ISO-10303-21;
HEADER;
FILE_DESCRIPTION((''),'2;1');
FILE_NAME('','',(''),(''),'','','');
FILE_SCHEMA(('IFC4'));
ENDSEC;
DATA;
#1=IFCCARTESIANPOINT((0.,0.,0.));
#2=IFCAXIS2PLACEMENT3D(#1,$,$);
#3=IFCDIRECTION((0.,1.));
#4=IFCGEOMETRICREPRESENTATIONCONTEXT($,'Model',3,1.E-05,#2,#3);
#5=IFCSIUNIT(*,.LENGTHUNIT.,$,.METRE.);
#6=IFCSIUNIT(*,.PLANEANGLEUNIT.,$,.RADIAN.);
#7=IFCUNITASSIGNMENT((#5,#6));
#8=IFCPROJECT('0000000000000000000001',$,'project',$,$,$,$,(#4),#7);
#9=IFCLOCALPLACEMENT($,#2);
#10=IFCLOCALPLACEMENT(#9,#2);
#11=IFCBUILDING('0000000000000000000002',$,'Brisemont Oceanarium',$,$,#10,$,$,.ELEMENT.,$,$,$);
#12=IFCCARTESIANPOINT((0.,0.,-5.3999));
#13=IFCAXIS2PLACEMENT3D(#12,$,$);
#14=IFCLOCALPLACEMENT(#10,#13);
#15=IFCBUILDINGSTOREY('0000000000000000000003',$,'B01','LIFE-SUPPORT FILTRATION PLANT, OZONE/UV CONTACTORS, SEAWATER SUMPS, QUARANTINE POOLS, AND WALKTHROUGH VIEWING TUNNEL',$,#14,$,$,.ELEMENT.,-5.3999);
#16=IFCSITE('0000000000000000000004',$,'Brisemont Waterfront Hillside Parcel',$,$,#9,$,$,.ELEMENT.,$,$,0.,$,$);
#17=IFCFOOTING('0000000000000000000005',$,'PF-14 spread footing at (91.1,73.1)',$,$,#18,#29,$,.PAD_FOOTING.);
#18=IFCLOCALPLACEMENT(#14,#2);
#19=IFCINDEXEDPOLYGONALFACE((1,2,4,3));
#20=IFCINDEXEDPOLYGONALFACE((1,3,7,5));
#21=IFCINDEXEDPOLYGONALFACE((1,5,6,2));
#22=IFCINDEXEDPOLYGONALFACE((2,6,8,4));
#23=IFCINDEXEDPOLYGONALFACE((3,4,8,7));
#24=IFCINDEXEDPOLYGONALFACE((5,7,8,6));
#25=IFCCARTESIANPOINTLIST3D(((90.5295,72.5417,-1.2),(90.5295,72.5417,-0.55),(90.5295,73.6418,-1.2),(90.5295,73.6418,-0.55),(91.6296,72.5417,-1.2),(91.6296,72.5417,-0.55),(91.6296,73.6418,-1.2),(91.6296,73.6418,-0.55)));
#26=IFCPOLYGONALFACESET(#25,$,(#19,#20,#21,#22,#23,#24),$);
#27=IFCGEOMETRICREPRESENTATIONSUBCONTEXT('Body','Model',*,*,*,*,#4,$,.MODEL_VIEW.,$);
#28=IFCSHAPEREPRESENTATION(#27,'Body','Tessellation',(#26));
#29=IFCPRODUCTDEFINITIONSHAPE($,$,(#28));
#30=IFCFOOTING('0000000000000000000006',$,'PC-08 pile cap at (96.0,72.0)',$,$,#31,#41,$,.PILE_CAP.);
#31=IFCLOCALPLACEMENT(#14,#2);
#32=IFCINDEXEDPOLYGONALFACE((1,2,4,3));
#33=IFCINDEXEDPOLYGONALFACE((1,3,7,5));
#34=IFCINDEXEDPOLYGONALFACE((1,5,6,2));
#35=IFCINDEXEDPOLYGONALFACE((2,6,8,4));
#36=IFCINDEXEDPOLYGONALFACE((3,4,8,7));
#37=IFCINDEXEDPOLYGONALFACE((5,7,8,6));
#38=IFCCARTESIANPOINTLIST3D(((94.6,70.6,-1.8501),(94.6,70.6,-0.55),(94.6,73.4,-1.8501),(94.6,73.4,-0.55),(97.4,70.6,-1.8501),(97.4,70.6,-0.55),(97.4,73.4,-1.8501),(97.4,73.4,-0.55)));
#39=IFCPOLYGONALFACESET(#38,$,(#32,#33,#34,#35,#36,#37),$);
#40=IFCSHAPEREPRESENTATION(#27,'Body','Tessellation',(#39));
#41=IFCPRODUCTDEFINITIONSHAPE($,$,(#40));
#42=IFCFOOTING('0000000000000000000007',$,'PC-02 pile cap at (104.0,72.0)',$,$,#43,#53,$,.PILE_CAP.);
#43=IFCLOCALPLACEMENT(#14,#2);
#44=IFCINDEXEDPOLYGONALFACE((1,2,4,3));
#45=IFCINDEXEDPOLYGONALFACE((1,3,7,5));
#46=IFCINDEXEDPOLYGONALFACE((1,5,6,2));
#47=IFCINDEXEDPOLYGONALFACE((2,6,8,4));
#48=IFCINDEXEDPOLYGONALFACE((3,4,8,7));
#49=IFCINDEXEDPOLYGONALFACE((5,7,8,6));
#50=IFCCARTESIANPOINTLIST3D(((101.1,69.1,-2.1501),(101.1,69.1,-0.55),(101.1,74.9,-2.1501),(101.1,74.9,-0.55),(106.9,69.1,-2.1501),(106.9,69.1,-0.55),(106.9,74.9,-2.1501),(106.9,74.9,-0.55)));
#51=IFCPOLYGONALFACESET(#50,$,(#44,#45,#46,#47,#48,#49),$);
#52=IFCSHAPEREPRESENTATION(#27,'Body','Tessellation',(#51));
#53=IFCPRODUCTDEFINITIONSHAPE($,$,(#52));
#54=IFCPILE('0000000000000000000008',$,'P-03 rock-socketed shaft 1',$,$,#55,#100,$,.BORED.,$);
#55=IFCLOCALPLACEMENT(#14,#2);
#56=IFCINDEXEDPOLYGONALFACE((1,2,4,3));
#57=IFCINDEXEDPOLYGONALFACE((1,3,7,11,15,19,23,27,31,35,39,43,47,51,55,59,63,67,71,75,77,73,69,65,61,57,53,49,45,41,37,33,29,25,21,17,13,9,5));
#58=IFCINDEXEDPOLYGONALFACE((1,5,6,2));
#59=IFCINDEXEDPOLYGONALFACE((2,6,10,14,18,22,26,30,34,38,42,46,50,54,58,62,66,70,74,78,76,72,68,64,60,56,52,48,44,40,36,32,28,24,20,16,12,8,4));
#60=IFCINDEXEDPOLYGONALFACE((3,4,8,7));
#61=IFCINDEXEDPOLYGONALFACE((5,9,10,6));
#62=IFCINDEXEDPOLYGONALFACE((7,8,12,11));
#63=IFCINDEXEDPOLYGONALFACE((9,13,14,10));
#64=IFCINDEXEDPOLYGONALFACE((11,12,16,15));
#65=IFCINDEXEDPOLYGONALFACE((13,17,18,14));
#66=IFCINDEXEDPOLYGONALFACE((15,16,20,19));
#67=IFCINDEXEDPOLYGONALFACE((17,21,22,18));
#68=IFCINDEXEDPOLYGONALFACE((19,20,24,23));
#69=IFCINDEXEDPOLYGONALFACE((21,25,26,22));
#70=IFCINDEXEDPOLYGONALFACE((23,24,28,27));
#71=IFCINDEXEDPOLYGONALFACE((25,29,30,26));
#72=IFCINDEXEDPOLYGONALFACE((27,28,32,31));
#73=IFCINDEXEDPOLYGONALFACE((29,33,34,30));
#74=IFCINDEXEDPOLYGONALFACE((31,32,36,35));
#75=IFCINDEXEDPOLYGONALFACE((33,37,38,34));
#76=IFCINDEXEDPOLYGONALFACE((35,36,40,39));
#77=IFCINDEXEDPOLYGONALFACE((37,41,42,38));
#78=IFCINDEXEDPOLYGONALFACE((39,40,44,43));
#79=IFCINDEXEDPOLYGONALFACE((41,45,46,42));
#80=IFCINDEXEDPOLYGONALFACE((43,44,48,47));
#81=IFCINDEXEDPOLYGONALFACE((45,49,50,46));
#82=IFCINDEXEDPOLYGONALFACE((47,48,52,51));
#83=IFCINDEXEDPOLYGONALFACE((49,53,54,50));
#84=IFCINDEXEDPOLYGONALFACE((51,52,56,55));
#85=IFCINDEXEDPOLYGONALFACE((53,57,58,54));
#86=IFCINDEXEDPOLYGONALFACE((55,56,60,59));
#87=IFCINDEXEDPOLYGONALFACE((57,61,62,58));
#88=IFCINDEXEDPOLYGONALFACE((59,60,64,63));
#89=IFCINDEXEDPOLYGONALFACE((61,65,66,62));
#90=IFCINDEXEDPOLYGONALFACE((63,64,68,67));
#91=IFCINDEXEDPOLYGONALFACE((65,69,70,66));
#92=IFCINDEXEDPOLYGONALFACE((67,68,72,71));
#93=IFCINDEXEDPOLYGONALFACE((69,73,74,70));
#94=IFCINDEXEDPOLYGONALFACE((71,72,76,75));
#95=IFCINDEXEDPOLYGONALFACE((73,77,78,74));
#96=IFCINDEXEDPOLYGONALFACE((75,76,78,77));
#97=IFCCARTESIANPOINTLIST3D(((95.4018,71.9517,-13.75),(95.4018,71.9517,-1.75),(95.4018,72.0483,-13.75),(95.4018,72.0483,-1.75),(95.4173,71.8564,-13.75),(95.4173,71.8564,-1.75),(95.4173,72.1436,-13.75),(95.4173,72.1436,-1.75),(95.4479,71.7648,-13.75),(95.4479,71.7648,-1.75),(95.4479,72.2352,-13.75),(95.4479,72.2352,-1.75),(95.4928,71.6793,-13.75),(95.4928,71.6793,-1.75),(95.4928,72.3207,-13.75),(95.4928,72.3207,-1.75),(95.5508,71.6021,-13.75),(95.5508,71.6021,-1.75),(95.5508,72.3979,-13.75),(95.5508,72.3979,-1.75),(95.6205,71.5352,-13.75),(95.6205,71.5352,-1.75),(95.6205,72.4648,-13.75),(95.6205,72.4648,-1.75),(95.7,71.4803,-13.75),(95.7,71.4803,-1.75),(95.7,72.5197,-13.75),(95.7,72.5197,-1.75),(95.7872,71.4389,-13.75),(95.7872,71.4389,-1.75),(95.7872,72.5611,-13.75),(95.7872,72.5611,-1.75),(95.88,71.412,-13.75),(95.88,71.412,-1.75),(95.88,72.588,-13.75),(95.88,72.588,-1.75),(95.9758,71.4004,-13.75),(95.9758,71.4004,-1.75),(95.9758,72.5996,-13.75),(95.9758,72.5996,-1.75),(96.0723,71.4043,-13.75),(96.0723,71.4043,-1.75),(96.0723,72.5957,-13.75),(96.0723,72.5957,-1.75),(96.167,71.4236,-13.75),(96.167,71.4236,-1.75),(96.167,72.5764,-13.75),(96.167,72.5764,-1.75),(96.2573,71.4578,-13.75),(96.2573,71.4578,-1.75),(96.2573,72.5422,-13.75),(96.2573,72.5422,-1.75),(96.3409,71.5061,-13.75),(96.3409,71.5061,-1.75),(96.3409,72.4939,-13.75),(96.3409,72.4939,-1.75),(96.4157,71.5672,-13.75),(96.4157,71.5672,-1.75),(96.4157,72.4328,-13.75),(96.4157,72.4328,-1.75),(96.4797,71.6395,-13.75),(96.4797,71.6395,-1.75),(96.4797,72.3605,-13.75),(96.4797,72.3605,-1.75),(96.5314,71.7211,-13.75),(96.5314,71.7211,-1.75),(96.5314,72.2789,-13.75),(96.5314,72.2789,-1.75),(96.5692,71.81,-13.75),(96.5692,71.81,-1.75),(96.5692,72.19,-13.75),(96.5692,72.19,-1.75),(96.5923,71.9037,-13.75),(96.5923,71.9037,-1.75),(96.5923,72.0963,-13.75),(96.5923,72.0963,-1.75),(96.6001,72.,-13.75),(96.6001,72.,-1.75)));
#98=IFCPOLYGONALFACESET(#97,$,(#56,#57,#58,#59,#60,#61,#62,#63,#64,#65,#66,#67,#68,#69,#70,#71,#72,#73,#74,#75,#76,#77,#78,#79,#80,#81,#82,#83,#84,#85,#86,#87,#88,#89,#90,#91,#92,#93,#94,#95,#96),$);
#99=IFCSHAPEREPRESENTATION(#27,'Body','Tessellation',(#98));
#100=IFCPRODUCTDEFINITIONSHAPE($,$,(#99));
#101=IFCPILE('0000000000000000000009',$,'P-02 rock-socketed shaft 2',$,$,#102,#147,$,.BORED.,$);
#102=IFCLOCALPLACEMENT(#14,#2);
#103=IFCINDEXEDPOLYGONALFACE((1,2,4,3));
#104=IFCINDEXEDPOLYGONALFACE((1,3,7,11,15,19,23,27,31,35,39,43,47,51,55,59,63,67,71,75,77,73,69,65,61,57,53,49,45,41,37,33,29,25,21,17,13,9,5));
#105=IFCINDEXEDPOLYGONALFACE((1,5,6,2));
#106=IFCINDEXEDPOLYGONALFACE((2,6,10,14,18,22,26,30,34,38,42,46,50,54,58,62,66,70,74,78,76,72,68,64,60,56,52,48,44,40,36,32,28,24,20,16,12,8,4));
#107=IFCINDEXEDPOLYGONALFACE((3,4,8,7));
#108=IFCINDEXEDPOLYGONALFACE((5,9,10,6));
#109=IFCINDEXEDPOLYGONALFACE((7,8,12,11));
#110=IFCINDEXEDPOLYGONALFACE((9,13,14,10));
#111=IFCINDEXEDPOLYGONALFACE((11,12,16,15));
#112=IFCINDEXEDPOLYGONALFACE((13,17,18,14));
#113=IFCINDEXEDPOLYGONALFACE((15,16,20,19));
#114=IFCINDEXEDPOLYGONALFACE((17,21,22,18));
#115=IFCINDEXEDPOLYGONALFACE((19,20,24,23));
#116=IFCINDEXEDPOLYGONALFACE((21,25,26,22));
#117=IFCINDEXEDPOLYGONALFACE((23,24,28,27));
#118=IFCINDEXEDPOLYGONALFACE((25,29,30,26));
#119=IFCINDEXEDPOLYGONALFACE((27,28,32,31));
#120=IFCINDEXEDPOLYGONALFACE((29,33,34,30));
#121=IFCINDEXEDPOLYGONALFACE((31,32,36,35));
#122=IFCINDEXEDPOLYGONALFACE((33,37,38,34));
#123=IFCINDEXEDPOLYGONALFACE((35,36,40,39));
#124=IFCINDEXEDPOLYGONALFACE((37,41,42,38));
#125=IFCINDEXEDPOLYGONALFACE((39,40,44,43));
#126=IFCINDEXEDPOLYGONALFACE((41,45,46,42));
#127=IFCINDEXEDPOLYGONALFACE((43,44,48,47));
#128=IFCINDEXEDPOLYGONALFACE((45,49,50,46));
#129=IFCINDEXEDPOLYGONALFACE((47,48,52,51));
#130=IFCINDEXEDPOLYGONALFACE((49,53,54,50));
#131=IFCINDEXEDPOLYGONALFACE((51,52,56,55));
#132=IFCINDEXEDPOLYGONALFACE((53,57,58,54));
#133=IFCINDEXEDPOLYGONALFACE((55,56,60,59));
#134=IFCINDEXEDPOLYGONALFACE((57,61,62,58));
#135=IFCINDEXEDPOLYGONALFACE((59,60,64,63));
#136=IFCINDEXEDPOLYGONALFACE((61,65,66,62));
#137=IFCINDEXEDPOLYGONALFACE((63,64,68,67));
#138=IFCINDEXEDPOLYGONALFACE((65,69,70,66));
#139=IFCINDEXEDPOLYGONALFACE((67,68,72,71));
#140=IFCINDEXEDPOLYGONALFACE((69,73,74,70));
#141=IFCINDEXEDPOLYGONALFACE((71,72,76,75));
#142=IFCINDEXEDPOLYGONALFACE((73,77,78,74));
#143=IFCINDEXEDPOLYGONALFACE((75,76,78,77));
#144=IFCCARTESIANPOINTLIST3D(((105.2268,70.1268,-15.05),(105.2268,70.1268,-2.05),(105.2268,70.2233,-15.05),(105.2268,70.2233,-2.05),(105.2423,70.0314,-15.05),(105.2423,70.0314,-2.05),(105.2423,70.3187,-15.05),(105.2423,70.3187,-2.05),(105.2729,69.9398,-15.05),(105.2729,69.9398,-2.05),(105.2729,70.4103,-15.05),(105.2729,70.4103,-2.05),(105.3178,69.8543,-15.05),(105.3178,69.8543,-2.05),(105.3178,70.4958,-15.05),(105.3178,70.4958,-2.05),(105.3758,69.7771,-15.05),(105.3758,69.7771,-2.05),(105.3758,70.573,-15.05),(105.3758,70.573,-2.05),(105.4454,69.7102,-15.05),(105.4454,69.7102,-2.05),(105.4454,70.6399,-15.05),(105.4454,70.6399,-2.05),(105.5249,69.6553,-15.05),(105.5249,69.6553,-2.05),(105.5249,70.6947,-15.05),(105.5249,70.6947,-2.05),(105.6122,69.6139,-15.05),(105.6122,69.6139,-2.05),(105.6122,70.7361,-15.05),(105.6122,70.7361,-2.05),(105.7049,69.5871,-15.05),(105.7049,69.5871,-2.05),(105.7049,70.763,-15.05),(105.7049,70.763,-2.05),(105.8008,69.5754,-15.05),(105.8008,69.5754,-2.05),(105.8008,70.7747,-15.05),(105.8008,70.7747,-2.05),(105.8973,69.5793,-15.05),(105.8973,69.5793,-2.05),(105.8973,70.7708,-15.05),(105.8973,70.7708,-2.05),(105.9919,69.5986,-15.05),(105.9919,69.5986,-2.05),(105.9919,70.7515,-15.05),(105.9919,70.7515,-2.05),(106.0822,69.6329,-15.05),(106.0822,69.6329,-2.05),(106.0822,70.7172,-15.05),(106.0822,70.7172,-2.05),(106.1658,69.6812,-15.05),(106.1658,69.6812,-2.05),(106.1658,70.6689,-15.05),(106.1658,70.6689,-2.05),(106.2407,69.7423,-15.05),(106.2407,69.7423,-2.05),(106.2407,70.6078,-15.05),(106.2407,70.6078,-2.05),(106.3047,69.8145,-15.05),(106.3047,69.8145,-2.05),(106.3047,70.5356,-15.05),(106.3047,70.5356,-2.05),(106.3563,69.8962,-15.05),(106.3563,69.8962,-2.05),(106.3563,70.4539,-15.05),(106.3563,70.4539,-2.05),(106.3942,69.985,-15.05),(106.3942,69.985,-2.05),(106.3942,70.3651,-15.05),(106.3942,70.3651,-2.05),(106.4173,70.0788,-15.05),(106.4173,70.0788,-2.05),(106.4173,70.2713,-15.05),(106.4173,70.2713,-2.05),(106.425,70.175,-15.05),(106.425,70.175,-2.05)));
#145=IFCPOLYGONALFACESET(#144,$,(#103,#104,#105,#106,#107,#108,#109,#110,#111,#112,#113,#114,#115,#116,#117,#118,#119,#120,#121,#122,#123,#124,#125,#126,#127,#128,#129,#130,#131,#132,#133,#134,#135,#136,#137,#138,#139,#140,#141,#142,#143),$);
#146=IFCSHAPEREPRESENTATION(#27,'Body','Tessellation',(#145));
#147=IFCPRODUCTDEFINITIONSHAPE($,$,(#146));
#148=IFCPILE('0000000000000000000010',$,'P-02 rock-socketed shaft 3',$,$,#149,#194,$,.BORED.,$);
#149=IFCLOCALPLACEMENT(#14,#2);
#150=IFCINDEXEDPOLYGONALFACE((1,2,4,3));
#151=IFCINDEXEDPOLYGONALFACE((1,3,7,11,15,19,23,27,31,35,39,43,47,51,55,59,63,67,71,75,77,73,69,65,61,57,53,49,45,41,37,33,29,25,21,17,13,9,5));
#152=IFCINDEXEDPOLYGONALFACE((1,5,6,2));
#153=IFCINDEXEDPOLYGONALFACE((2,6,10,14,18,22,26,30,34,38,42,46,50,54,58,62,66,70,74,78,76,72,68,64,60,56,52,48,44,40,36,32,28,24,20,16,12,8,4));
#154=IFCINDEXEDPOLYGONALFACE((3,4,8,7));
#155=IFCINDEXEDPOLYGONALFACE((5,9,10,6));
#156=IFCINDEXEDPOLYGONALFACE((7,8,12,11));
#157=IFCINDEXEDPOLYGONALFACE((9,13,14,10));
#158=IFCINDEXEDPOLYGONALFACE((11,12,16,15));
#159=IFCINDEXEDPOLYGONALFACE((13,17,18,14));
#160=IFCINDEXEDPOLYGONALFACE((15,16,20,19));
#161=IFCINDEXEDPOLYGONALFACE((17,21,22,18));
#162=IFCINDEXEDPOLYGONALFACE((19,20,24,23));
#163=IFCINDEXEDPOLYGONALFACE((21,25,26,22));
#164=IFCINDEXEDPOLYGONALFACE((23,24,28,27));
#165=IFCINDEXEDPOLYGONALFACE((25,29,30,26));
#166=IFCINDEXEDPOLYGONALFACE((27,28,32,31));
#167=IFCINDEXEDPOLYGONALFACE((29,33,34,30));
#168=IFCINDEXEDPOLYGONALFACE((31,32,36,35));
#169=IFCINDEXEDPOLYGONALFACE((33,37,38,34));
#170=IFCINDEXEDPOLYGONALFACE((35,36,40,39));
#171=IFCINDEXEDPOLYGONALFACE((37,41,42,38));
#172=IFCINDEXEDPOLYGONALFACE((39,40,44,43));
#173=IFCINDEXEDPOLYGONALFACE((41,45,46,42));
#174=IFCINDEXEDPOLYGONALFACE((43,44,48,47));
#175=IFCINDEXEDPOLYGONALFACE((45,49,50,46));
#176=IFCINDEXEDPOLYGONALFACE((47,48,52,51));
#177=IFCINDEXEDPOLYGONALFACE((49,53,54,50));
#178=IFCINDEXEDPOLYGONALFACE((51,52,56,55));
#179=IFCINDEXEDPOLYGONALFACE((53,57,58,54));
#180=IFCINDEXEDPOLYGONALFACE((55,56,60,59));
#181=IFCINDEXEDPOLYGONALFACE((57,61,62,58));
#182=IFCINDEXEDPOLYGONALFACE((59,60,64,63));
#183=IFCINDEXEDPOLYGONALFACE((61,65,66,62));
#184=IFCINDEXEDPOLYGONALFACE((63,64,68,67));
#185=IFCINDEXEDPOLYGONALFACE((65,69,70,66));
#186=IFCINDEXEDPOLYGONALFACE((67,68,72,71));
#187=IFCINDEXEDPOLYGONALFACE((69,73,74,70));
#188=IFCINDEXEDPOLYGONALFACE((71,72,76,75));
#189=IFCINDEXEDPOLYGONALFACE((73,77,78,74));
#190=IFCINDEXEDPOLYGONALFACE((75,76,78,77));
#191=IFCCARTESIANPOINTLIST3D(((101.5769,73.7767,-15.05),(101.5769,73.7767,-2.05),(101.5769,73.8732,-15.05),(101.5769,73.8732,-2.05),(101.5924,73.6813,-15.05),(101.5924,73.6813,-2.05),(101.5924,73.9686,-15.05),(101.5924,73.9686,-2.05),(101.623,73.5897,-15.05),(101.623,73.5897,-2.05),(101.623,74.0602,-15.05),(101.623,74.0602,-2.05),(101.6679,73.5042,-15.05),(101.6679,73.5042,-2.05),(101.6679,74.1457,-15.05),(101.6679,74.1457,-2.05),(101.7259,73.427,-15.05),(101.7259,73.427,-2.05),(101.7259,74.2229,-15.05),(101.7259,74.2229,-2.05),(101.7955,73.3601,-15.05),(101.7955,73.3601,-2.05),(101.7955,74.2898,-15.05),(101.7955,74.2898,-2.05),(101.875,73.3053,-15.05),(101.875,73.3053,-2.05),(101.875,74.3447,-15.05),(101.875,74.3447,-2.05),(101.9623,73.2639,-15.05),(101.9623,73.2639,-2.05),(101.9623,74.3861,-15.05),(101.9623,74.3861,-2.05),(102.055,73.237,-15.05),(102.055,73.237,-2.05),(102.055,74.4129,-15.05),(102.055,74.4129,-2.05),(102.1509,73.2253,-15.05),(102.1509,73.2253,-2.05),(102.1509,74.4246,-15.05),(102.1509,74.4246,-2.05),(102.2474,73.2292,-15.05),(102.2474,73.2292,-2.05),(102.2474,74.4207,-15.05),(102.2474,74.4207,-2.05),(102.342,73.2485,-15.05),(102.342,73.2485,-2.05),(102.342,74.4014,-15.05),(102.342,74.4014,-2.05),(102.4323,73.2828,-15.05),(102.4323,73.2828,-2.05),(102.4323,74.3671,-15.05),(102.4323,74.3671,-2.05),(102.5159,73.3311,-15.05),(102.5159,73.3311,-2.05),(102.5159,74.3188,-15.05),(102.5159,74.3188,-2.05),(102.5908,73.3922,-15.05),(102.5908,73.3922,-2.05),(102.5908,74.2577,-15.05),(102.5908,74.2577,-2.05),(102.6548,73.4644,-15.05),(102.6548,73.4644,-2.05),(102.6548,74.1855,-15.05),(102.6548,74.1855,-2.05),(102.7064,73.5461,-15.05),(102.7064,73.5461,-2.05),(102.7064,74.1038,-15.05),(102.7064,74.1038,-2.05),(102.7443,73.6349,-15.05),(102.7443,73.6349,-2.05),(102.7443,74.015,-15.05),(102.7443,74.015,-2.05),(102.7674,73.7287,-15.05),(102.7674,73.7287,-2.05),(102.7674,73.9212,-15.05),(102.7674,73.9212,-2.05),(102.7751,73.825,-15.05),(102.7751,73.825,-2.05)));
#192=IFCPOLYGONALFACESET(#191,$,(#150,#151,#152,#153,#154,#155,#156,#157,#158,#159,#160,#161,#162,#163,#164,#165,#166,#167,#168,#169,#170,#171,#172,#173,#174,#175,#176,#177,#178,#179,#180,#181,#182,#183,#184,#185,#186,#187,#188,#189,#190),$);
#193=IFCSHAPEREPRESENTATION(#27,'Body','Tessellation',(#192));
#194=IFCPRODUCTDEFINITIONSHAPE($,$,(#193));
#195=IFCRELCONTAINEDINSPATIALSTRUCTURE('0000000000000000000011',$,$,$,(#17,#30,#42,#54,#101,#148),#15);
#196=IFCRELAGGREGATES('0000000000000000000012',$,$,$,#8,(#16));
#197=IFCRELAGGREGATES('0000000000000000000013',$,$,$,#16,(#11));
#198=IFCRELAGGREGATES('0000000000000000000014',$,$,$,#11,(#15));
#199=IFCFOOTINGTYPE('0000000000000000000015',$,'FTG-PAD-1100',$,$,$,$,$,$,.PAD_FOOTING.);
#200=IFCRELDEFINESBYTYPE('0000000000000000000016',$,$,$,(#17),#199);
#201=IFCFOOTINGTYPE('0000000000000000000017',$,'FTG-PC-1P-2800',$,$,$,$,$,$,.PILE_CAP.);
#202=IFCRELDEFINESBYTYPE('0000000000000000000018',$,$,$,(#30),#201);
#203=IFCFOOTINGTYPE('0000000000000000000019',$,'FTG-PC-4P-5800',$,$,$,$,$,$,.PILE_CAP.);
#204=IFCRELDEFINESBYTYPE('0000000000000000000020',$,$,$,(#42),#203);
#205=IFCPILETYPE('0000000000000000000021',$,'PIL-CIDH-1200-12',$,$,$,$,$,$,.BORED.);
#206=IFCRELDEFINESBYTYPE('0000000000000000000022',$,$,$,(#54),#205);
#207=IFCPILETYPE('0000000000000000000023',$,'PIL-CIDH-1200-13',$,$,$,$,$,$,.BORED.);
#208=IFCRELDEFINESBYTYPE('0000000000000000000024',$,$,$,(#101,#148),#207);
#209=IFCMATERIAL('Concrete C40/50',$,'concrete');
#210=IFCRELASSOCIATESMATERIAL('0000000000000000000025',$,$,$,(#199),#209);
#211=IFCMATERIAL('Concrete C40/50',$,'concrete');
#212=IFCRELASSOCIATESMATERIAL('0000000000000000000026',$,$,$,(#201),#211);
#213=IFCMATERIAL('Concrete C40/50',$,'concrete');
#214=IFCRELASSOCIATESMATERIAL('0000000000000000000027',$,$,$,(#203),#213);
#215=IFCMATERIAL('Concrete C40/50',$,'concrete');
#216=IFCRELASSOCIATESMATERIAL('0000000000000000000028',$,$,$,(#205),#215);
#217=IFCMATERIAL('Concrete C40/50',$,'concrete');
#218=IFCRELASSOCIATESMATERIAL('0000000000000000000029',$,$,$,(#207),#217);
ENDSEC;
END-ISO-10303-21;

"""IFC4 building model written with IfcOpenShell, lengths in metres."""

from ifc_helpers import new_model, si_unit, direction, frame, origin, origin_2d, place, context, subcontext, project, spatial, rectangle, circle, extrude, material, material_profile, profile_set, type_object, element, save


model = new_model("IFC4")

# Units and contexts
model_context = context("Model", 3, precision=1e-05, world=origin(), true_north=direction((0.0, 1.0)))
body_context = subcontext(model_context, "Body", "Model", "MODEL_VIEW")
ifc_project = project(units=[si_unit("LENGTHUNIT", "METRE"), si_unit("PLANEANGLEUNIT", "RADIAN")], contexts=[model_context])

# Site, building, storey
site_placement = place(None, origin())
site = spatial("IfcSite", under=ifc_project, at=site_placement, Name="Brisemont Waterfront Hillside Parcel", CompositionType="ELEMENT", RefElevation=0.0)
building_placement = place(site_placement, origin())
building = spatial("IfcBuilding", under=site, at=building_placement, Name="Brisemont Oceanarium", CompositionType="ELEMENT")
storey_placement = place(building_placement, frame((0.0, 0.0, -5.3999)))
storey = spatial("IfcBuildingStorey", under=building, at=storey_placement, Name="B01", Description="LIFE-SUPPORT FILTRATION PLANT, OZONE/UV CONTACTORS, SEAWATER SUMPS, QUARANTINE POOLS, AND WALKTHROUGH VIEWING TUNNEL", CompositionType="ELEMENT", Elevation=-5.3999)

# Footings
ifc_material_1 = material(Name="Concrete C40/50", Category="concrete")
footing_type_1 = type_object("IfcFootingType", Name="FTG-PAD-1100", PredefinedType="PAD_FOOTING", material=ifc_material_1)
footing_1_placement = place(storey_placement, frame((91.0796, 73.0918, -1.2), z_axis=(0.0, 0.0, 1.0), x_axis=(1.0, 0.0, 0.0)))
element("IfcFooting", 1, at=footing_1_placement, inside=storey, type_object=footing_type_1, Name="PF-14 spread footing at (91.1,73.1)", PredefinedType="PAD_FOOTING", context=body_context, shape_type="SweptSolid", body=[
    extrude(rectangle(XDim=1.1001, YDim=1.1001, at=origin_2d()), origin(), (0.0, 0.0, 1.0), 0.6499),
])
ifc_material_2 = material(Name="Concrete C40/50", Category="concrete")
footing_type_2 = type_object("IfcFootingType", Name="FTG-PC-1P-2800", PredefinedType="PILE_CAP", material=ifc_material_2)
footing_2_placement = place(storey_placement, frame((96.0, 72.0, -1.8501), z_axis=(0.0, 0.0, 1.0), x_axis=(1.0, 0.0, 0.0)))
element("IfcFooting", 2, at=footing_2_placement, inside=storey, type_object=footing_type_2, Name="PC-08 pile cap at (96.0,72.0)", PredefinedType="PILE_CAP", context=body_context, shape_type="SweptSolid", body=[
    extrude(rectangle(XDim=2.8, YDim=2.8, at=origin_2d()), origin(), (0.0, 0.0, 1.0), 1.3),
])
ifc_material_3 = material(Name="Concrete C40/50", Category="concrete")
footing_type_3 = type_object("IfcFootingType", Name="FTG-PC-4P-5800", PredefinedType="PILE_CAP", material=ifc_material_3)
footing_3_placement = place(storey_placement, frame((104.0, 72.0, -2.1501), z_axis=(0.0, 0.0, 1.0), x_axis=(1.0, 0.0, 0.0)))
element("IfcFooting", 3, at=footing_3_placement, inside=storey, type_object=footing_type_3, Name="PC-02 pile cap at (104.0,72.0)", PredefinedType="PILE_CAP", context=body_context, shape_type="SweptSolid", body=[
    extrude(rectangle(XDim=5.8, YDim=5.8, at=origin_2d()), origin(), (0.0, 0.0, 1.0), 1.6001),
])

# Piles
ifc_material_4 = material(Name="Concrete C40/50", Category="concrete")
ifc_material_profile_1 = material_profile(ifc_material_4, circle(Radius=0.6001, at=origin_2d()), Name="CIDH-D1200")
ifc_profile_set_1 = profile_set([ifc_material_profile_1], Name="Concrete C40/50")
pile_type_1 = type_object("IfcPileType", Name="PIL-CIDH-1200-12", PredefinedType="BORED", material=ifc_profile_set_1)
pile_placement = place(storey_placement, frame((96.0, 72.0, -1.75), z_axis=(0.0, 0.0, -1.0), x_axis=(1.0, 0.0, 0.0)))
element("IfcPile", 4, at=pile_placement, inside=storey, type_object=pile_type_1, Name="P-03 rock-socketed shaft 1", PredefinedType="BORED", context=body_context, shape_type="SweptSolid", body=[
    extrude(circle(Radius=0.6001, at=origin_2d()), origin(), (0.0, 0.0, 1.0), 12.0),
])
ifc_material_5 = material(Name="Concrete C40/50", Category="concrete")
ifc_material_profile_2 = material_profile(ifc_material_5, circle(Radius=0.6001, at=origin_2d()), Name="CIDH-D1200")
ifc_profile_set_2 = profile_set([ifc_material_profile_2], Name="Concrete C40/50")
pile_type_2 = type_object("IfcPileType", Name="PIL-CIDH-1200-13", PredefinedType="BORED", material=ifc_profile_set_2)
for number, where, z_axis, x_axis, name in (
    (5, (105.825, 70.175, -2.05), (0.0, 0.0, -1.0), (1.0, 0.0, 0.0), "P-02 rock-socketed shaft 2"),
    (6, (102.175, 73.825, -2.05), (0.0, 0.0, -1.0), (1.0, 0.0, 0.0), "P-02 rock-socketed shaft 3"),
):
    element("IfcPile", number, at=place(storey_placement, frame(where, z_axis=z_axis, x_axis=x_axis)), inside=storey, type_object=pile_type_2, Name=name, PredefinedType="BORED", context=body_context, shape_type="SweptSolid", body=[
        extrude(circle(Radius=0.6001, at=origin_2d()), origin(), (0.0, 0.0, 1.0), 13.0),
    ])

save(model, "model.ifc")
